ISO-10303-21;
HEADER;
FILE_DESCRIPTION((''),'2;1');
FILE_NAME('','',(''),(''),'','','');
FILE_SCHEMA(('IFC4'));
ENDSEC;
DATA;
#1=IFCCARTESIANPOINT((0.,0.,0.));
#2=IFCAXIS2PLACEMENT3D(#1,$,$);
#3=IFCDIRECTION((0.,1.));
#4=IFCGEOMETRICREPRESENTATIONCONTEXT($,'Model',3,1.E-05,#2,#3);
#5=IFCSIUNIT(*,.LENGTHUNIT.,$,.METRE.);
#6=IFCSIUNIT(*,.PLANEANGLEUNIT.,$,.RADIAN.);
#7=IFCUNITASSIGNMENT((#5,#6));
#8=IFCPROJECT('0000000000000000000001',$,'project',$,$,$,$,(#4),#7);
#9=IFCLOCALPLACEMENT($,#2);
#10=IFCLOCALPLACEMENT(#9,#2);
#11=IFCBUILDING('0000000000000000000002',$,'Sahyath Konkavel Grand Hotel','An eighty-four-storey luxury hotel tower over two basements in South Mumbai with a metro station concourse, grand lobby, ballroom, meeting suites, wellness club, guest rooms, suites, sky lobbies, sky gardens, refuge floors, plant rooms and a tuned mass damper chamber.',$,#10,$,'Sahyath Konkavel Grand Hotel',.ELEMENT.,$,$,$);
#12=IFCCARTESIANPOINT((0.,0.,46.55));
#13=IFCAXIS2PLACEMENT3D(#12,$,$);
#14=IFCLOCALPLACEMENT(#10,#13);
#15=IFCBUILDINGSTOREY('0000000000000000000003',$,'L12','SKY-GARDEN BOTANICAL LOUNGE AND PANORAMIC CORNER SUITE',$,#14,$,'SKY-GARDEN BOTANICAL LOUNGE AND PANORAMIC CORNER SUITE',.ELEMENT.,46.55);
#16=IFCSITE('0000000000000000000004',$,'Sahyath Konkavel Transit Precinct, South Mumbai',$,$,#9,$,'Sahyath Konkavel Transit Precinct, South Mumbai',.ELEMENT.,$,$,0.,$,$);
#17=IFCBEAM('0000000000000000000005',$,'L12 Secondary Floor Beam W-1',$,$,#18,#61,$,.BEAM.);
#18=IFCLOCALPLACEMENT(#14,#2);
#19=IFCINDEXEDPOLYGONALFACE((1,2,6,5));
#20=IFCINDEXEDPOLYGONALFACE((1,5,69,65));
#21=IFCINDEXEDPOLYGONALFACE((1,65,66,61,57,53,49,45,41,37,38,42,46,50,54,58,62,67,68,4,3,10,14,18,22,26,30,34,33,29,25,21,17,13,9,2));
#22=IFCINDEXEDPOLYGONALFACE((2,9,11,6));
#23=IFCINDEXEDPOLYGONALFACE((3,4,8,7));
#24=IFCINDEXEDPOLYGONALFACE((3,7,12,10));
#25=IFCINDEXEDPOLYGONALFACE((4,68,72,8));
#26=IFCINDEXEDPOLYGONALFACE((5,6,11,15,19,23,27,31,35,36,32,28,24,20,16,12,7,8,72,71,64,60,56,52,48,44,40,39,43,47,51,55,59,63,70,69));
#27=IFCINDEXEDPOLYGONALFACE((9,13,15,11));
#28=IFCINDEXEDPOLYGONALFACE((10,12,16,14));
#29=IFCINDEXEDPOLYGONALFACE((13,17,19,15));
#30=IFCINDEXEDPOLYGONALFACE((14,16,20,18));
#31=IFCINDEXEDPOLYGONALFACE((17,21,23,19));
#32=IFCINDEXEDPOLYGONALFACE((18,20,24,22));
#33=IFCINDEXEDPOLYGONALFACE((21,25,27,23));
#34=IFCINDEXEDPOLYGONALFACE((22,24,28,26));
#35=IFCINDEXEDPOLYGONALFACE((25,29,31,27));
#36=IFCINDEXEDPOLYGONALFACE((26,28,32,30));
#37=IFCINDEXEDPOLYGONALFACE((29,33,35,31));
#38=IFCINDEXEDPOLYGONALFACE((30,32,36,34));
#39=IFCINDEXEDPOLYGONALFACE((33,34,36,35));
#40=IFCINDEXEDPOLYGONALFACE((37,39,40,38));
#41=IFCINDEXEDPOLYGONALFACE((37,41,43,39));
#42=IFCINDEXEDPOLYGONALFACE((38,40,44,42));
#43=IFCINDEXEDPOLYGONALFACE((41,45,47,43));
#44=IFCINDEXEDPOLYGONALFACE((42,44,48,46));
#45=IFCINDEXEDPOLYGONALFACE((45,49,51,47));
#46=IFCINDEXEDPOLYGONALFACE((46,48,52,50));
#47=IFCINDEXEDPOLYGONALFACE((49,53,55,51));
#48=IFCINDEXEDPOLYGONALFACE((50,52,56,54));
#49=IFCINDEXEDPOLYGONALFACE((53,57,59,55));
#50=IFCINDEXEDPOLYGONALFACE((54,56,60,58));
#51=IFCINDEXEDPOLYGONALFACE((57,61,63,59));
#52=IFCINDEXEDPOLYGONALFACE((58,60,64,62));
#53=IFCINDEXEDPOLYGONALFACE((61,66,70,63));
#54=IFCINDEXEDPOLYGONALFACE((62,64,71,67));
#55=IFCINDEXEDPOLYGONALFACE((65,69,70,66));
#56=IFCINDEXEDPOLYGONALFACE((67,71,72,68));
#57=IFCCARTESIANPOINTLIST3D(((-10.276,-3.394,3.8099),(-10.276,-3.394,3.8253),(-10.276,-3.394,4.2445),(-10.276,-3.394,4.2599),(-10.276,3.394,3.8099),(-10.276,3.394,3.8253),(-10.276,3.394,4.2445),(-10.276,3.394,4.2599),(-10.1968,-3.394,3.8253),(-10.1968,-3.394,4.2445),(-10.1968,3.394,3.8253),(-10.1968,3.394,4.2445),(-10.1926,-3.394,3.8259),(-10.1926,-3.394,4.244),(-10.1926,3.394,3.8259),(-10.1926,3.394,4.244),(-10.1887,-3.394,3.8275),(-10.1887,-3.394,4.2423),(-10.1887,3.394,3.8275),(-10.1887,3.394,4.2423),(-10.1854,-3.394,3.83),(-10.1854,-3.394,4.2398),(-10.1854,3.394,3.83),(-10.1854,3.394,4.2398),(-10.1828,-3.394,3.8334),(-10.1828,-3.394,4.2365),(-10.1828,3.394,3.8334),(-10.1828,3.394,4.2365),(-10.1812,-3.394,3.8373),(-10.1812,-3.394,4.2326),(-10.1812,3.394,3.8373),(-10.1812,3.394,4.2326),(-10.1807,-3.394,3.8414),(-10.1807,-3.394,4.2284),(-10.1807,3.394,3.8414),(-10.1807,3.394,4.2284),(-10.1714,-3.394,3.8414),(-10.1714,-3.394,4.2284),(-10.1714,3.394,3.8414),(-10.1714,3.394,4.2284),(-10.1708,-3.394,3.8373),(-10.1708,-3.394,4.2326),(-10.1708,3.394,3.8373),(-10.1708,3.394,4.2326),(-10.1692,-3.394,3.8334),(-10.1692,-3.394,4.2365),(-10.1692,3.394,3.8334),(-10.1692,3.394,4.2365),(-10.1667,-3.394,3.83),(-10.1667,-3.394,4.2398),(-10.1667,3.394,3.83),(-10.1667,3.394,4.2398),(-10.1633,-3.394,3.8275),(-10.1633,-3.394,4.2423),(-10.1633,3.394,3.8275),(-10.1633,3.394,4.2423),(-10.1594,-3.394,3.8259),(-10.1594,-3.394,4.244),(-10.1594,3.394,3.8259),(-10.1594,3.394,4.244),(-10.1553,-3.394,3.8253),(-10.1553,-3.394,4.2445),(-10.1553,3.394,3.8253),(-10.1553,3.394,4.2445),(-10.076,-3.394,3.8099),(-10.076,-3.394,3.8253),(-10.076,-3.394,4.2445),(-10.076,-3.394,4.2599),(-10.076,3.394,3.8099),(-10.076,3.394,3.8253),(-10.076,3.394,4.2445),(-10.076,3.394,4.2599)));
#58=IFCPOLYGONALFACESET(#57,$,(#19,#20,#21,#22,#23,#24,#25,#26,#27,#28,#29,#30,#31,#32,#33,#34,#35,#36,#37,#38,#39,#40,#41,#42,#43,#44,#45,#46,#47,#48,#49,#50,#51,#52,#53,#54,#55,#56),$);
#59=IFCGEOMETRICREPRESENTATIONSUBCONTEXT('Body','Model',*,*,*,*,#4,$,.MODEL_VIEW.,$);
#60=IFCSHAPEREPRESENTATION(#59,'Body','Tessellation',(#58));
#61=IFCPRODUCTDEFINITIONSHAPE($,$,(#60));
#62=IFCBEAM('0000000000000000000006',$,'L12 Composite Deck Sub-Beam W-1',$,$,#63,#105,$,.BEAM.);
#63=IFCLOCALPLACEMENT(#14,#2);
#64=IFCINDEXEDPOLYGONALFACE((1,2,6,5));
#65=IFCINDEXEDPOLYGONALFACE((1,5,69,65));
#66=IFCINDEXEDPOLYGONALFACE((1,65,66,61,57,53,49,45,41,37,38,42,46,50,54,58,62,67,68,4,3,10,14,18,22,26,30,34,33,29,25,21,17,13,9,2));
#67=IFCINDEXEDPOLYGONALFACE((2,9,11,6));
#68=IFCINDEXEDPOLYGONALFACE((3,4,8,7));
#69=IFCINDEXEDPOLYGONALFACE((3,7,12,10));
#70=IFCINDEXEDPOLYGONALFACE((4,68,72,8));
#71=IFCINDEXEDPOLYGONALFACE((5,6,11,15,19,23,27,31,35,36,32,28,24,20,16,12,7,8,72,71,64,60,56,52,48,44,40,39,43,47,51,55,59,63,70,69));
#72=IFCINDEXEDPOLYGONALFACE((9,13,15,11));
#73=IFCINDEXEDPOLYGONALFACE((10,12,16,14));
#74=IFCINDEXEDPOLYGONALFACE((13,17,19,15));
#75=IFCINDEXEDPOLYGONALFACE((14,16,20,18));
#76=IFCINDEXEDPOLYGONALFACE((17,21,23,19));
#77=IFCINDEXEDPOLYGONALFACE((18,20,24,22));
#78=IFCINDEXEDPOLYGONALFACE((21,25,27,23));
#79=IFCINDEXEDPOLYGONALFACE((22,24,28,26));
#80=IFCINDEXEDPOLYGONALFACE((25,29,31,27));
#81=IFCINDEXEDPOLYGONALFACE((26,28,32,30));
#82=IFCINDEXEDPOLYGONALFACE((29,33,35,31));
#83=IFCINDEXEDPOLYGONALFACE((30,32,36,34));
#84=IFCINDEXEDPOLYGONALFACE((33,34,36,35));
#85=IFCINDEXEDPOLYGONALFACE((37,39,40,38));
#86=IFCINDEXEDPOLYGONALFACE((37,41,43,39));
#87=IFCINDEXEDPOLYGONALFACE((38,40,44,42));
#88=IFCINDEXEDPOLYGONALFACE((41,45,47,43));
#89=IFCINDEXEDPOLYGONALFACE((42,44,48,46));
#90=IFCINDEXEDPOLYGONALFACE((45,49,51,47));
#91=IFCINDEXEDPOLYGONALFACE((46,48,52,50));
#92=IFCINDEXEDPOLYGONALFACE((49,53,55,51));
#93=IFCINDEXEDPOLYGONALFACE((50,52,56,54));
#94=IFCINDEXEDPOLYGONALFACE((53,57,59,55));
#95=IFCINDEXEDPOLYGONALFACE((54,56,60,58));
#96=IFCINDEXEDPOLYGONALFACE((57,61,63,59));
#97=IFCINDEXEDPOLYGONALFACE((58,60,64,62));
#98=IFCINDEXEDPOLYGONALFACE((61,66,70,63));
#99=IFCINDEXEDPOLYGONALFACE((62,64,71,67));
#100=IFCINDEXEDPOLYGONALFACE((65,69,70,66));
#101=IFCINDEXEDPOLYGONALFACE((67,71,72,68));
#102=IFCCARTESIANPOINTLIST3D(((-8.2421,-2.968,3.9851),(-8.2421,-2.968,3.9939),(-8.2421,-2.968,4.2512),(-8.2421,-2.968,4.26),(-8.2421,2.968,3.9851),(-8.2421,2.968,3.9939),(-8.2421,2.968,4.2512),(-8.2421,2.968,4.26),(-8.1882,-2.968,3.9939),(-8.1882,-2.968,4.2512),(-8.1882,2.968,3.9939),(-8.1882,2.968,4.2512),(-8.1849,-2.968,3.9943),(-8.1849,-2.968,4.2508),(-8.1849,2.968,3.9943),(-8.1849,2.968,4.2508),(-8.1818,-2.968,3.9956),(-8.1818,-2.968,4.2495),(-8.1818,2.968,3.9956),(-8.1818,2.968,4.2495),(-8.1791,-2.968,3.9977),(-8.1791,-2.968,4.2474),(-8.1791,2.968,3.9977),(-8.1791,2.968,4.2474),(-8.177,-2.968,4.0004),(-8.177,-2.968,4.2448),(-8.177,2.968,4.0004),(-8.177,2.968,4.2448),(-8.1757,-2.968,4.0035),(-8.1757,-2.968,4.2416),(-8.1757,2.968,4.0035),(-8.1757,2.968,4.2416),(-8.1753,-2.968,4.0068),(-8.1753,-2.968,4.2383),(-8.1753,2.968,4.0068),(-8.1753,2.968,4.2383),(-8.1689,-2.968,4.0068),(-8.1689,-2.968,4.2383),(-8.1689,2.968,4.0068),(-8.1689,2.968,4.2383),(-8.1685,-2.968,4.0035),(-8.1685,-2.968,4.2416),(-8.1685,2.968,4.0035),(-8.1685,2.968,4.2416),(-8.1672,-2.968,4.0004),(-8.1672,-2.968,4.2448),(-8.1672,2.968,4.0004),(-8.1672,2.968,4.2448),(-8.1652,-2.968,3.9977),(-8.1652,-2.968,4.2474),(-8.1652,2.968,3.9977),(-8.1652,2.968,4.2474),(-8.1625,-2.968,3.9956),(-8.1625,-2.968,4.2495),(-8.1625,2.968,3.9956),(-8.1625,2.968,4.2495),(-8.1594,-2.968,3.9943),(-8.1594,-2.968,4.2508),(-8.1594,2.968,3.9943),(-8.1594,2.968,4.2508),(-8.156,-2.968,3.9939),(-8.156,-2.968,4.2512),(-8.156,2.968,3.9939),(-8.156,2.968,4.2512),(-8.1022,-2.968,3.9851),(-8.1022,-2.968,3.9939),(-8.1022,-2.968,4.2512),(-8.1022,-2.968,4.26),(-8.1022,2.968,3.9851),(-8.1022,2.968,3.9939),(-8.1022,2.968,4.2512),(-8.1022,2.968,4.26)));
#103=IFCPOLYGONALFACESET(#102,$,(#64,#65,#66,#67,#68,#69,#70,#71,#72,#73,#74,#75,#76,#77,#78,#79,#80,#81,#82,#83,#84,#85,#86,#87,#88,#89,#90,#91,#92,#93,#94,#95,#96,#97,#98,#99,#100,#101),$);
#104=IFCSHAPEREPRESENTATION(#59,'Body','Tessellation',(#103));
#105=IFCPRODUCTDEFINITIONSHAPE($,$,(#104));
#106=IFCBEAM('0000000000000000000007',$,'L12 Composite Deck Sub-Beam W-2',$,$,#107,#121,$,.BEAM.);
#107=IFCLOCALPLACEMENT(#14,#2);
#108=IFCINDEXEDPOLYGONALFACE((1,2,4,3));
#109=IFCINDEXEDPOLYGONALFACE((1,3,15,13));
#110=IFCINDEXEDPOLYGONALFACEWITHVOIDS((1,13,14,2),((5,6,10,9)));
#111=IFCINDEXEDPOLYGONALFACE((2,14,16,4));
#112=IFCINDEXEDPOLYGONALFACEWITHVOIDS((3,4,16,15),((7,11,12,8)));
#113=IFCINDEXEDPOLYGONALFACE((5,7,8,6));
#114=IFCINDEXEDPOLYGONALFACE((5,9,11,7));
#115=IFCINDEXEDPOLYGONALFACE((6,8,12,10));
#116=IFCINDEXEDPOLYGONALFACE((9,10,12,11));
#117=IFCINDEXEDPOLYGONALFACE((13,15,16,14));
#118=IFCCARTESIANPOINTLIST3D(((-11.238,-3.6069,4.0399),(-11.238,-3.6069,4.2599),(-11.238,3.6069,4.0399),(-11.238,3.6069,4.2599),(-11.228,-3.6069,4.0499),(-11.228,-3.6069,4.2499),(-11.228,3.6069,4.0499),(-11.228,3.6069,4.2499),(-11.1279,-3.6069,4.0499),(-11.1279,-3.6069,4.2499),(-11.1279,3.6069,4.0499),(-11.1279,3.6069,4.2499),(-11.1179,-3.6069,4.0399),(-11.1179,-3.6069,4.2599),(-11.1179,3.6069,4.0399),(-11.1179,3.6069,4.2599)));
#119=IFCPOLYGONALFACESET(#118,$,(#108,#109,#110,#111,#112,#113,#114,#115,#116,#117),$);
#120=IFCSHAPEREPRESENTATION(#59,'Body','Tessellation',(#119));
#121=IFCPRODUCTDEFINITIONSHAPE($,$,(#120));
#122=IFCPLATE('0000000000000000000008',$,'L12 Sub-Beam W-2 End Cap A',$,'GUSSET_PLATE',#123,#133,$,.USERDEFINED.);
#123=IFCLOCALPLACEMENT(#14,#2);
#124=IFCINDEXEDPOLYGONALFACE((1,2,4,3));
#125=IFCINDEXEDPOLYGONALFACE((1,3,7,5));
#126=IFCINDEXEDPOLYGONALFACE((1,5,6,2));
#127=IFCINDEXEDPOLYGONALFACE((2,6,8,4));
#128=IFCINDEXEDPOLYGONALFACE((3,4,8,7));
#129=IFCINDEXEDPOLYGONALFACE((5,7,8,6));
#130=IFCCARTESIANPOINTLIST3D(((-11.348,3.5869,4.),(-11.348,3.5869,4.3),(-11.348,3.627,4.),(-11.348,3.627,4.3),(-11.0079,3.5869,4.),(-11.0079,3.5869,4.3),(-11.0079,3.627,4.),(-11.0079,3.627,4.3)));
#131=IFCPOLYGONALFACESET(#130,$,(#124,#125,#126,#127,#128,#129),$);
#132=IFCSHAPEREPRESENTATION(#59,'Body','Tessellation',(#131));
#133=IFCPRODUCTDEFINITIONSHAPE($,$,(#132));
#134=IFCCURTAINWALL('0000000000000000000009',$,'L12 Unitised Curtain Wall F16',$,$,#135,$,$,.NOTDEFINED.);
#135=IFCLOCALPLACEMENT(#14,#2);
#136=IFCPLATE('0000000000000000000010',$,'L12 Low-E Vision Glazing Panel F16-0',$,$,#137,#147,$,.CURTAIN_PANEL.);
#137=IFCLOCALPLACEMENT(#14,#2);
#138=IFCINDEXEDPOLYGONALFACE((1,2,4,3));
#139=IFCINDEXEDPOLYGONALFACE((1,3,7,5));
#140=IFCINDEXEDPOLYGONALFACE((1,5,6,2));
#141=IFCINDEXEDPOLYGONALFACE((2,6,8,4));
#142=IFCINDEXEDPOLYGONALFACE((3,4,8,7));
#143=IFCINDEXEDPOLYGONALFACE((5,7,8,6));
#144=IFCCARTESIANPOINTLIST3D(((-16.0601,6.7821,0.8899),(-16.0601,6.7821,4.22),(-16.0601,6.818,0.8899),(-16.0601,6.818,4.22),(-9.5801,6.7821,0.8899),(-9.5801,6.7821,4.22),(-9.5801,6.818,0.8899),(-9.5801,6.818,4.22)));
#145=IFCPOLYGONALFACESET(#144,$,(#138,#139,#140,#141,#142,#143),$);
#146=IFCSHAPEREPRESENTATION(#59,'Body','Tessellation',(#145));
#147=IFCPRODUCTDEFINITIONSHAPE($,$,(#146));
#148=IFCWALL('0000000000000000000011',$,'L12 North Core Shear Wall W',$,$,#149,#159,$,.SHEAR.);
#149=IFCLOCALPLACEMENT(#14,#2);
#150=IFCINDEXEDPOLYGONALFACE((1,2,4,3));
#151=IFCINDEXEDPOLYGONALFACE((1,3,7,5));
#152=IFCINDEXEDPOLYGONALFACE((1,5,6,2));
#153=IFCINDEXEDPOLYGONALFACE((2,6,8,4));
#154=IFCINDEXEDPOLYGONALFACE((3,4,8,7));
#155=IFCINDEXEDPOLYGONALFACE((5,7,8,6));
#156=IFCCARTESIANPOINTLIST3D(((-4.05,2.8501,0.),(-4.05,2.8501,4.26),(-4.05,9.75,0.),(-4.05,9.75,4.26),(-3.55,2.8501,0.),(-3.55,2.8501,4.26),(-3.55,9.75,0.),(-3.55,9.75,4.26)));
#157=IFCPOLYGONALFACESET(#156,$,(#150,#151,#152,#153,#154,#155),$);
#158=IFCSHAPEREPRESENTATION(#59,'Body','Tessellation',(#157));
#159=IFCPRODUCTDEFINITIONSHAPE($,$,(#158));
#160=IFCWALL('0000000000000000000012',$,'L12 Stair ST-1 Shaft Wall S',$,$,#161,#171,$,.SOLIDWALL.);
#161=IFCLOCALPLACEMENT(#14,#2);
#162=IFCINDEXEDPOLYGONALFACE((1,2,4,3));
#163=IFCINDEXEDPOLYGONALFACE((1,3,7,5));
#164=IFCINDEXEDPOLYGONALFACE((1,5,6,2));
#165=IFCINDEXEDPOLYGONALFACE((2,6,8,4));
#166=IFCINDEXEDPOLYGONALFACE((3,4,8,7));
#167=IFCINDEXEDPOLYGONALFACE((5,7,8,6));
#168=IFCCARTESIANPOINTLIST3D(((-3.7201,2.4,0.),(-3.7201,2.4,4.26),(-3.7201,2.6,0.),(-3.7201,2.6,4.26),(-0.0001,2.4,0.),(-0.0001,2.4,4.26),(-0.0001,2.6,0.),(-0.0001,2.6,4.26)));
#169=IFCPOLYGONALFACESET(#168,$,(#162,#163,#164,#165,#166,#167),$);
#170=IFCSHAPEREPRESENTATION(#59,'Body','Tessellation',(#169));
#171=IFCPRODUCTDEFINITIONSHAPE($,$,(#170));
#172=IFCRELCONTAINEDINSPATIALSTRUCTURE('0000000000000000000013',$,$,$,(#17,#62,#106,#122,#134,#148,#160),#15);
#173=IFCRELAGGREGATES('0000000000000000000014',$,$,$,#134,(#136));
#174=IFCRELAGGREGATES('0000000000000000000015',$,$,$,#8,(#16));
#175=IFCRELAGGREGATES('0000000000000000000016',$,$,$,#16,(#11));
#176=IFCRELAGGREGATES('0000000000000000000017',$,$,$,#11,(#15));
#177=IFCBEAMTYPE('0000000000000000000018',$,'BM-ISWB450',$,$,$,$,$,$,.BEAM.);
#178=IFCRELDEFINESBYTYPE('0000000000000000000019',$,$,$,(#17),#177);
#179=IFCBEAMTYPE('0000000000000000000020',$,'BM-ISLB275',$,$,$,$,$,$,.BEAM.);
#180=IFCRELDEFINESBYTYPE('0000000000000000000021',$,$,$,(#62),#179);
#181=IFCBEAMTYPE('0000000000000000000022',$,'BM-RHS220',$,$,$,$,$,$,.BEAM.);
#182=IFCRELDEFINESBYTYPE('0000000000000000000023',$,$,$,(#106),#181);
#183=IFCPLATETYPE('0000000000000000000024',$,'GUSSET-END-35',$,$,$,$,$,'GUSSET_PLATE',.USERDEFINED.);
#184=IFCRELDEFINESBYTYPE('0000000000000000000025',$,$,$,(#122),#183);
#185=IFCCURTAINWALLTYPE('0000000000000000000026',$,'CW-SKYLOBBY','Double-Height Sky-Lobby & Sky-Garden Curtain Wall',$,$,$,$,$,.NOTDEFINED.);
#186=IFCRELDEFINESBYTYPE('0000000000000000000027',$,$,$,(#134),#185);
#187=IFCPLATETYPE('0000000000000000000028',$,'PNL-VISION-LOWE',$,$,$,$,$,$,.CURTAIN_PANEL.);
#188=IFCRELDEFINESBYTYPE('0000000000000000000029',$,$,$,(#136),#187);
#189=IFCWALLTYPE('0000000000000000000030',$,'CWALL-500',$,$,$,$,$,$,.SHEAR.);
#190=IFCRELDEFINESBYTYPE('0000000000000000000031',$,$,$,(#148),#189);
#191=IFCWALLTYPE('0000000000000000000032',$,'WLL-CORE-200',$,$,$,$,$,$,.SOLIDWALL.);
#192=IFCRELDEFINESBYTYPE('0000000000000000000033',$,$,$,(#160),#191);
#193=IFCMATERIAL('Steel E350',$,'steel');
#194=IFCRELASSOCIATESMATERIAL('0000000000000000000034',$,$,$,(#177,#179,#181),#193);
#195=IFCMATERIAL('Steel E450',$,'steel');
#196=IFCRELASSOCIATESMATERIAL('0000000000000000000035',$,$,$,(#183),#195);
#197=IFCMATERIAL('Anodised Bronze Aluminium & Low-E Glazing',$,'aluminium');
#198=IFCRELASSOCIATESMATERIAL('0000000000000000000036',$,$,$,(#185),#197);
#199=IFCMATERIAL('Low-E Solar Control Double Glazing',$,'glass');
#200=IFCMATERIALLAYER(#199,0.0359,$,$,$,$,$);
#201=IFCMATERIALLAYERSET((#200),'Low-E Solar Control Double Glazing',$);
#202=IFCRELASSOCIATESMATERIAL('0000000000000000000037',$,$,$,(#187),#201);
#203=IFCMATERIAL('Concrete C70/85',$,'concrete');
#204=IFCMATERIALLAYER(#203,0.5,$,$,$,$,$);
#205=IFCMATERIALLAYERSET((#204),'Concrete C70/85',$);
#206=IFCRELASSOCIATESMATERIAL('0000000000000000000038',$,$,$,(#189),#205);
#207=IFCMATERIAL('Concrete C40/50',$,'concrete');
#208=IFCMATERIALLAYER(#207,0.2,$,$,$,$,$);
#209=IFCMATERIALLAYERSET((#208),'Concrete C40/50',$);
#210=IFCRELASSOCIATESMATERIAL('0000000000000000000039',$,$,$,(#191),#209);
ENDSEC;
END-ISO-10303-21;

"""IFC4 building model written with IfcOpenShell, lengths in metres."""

from ifc_helpers import new_model, si_unit, direction, frame, frame_2d, origin, origin_2d, place, context, subcontext, project, spatial, rectangle, hollow_rectangle, i_section, extrude, source, transform, mapped, material, layer, layer_set, material_profile, profile_set, type_object, element, aggregate, save


model = new_model("IFC4")

# Units and contexts
model_context = context("Model", 3, precision=1e-05, world=origin(), true_north=direction((0.0, 1.0)))
body_context = subcontext(model_context, "Body", "Model", "MODEL_VIEW")
ifc_project = project(units=[si_unit("LENGTHUNIT", "METRE"), si_unit("PLANEANGLEUNIT", "RADIAN")], contexts=[model_context])

# Site, building, storey
site_placement = place(None, origin())
site = spatial("IfcSite", under=ifc_project, at=site_placement, Name="Sahyath Konkavel Transit Precinct, South Mumbai", LongName="Sahyath Konkavel Transit Precinct, South Mumbai", CompositionType="ELEMENT", RefElevation=0.0)
building_placement = place(site_placement, origin())
building = spatial("IfcBuilding", under=site, at=building_placement, Name="Sahyath Konkavel Grand Hotel", Description="An eighty-four-storey luxury hotel tower over two basements in South Mumbai with a metro station concourse, grand lobby, ballroom, meeting suites, wellness club, guest rooms, suites, sky lobbies, sky gardens, refuge floors, plant rooms and a tuned mass damper chamber.", LongName="Sahyath Konkavel Grand Hotel", CompositionType="ELEMENT")
storey_placement = place(building_placement, frame((0.0, 0.0, 46.55)))
storey = spatial("IfcBuildingStorey", under=building, at=storey_placement, Name="L12", Description="SKY-GARDEN BOTANICAL LOUNGE AND PANORAMIC CORNER SUITE", LongName="SKY-GARDEN BOTANICAL LOUNGE AND PANORAMIC CORNER SUITE", CompositionType="ELEMENT", Elevation=46.55)

# Shared definitions
ifc_material_1 = material(Name="Concrete C70/85", Category="concrete")

# Beams
ifc_material_2 = material(Name="Steel E350", Category="steel")
ifc_material_profile_1 = material_profile(ifc_material_2, i_section(OverallWidth=0.2, OverallDepth=0.45, WebThickness=0.0093, FlangeThickness=0.0154, FilletRadius=0.0161, at=origin_2d()), Name="ISWB 450")
ifc_profile_set_1 = profile_set([ifc_material_profile_1], Name="Steel E350")
beam_type_1 = type_object("IfcBeamType", Name="BM-ISWB450", PredefinedType="BEAM", material=ifc_profile_set_1)
shared_shape_1 = source(origin(), body_context, "Body", "SweptSolid", [
    extrude(i_section(OverallWidth=0.2, OverallDepth=0.45, WebThickness=0.0093, FlangeThickness=0.0154, FilletRadius=0.0161, at=origin_2d()), origin(), (0.0, 0.0, 1.0), 6.7881),
])
beam_1_placement = place(storey_placement, frame((-10.176, 3.394, 4.0349), z_axis=(0.0, -1.0, 0.0), x_axis=(1.0, 0.0, 0.0)))
element("IfcBeam", 1, at=beam_1_placement, inside=storey, type_object=beam_type_1, Name="L12 Secondary Floor Beam W-1", PredefinedType="BEAM", context=body_context, shape_type="MappedRepresentation", body=[
    mapped(shared_shape_1, transform((0.0, 0.0, 0.0), scale=1.0)),
])
ifc_material_profile_2 = material_profile(ifc_material_2, i_section(OverallWidth=0.1399, OverallDepth=0.2749, WebThickness=0.0063, FlangeThickness=0.0088, FilletRadius=0.0129, at=origin_2d()), Name="ISLB 275")
ifc_profile_set_2 = profile_set([ifc_material_profile_2], Name="Steel E350")
beam_type_2 = type_object("IfcBeamType", Name="BM-ISLB275", PredefinedType="BEAM", material=ifc_profile_set_2)
shared_shape_2 = source(origin(), body_context, "Body", "SweptSolid", [
    extrude(i_section(OverallWidth=0.1399, OverallDepth=0.2749, WebThickness=0.0063, FlangeThickness=0.0088, FilletRadius=0.0129, at=origin_2d()), origin(), (0.0, 0.0, 1.0), 5.936),
])
beam_2_placement = place(storey_placement, frame((-8.1721, 2.968, 4.1226), z_axis=(0.0, -1.0, 0.0), x_axis=(1.0, 0.0, 0.0)))
element("IfcBeam", 2, at=beam_2_placement, inside=storey, type_object=beam_type_2, Name="L12 Composite Deck Sub-Beam W-1", PredefinedType="BEAM", context=body_context, shape_type="MappedRepresentation", body=[
    mapped(shared_shape_2, transform((0.0, 0.0, 0.0), scale=1.0)),
])
ifc_material_profile_3 = material_profile(ifc_material_2, hollow_rectangle(XDim=0.1201, YDim=0.22, WallThickness=0.01, at=origin_2d()), Name="RHS 220x120x10")
ifc_profile_set_3 = profile_set([ifc_material_profile_3], Name="Steel E350")
beam_type_3 = type_object("IfcBeamType", Name="BM-RHS220", PredefinedType="BEAM", material=ifc_profile_set_3)
shared_shape_3 = source(origin(), body_context, "Body", "SweptSolid", [
    extrude(hollow_rectangle(XDim=0.1201, YDim=0.22, WallThickness=0.01, at=origin_2d()), origin(), (0.0, 0.0, 1.0), 7.2139),
])
beam_3_placement = place(storey_placement, frame((-11.178, 3.6069, 4.1499), z_axis=(0.0, -1.0, 0.0), x_axis=(1.0, 0.0, 0.0)))
element("IfcBeam", 3, at=beam_3_placement, inside=storey, type_object=beam_type_3, Name="L12 Composite Deck Sub-Beam W-2", PredefinedType="BEAM", context=body_context, shape_type="MappedRepresentation", body=[
    mapped(shared_shape_3, transform((0.0, 0.0, 0.0), scale=1.0)),
])

# Plate
ifc_material_3 = material(Name="Steel E450", Category="steel")
plate_type_1 = type_object("IfcPlateType", Name="GUSSET-END-35", ElementType="GUSSET_PLATE", PredefinedType="USERDEFINED", material=ifc_material_3)
shared_shape_4 = source(origin(), body_context, "Body", "SweptSolid", [
    extrude(rectangle(XDim=0.04, YDim=0.3401, at=origin_2d()), origin(), (0.0, 0.0, 1.0), 0.3),
])
plate_1_placement = place(storey_placement, frame((-11.178, 3.6069, 4.0), z_axis=(0.0, 0.0, 1.0), x_axis=(0.0, -1.0, 0.0)))
element("IfcPlate", 4, at=plate_1_placement, inside=storey, type_object=plate_type_1, Name="L12 Sub-Beam W-2 End Cap A", ObjectType="GUSSET_PLATE", PredefinedType="USERDEFINED", context=body_context, shape_type="MappedRepresentation", body=[
    mapped(shared_shape_4, transform((0.0, 0.0, 0.0), scale=1.0)),
])

# Curtain wall, plate
ifc_material_4 = material(Name="Anodised Bronze Aluminium & Low-E Glazing", Category="aluminium")
curtain_wall_type = type_object("IfcCurtainWallType", Name="CW-SKYLOBBY", Description="Double-Height Sky-Lobby & Sky-Garden Curtain Wall", PredefinedType="NOTDEFINED", material=ifc_material_4)
curtain_wall_placement = place(storey_placement, origin())
curtain_wall = element("IfcCurtainWall", 5, at=curtain_wall_placement, inside=storey, type_object=curtain_wall_type, Name="L12 Unitised Curtain Wall F16", PredefinedType="NOTDEFINED")
ifc_material_5 = material(Name="Low-E Solar Control Double Glazing", Category="glass")
ifc_layer_1 = layer(ifc_material_5, 0.0359)
ifc_layer_set_1 = layer_set([ifc_layer_1], Name="Low-E Solar Control Double Glazing")
plate_type_2 = type_object("IfcPlateType", Name="PNL-VISION-LOWE", PredefinedType="CURTAIN_PANEL", material=ifc_layer_set_1)
shared_shape_5 = source(origin(), body_context, "Body", "SweptSolid", [
    extrude(rectangle(XDim=6.48, YDim=0.0359, at=origin_2d()), origin(), (0.0, 0.0, 1.0), 3.3301),
])
plate_2_placement = place(storey_placement, frame((-12.8201, 6.8, 0.8899), z_axis=(0.0, 0.0, 1.0), x_axis=(-1.0, 0.0, 0.0)))
plate_2 = element("IfcPlate", 6, at=plate_2_placement, type_object=plate_type_2, Name="L12 Low-E Vision Glazing Panel F16-0", PredefinedType="CURTAIN_PANEL", context=body_context, shape_type="MappedRepresentation", body=[
    mapped(shared_shape_5, transform((0.0, 0.0, 0.0), scale=1.0)),
])
aggregate(curtain_wall, [plate_2])

# Walls
ifc_layer_2 = layer(ifc_material_1, 0.5)
ifc_layer_set_2 = layer_set([ifc_layer_2], Name="Concrete C70/85")
wall_type_1 = type_object("IfcWallType", Name="CWALL-500", PredefinedType="SHEAR", material=ifc_layer_set_2)
wall_1_placement = place(storey_placement, frame((-3.8, 2.8501, 0.0), z_axis=(0.0, 0.0, 1.0), x_axis=(0.0, 1.0, 0.0)))
element("IfcWall", 7, at=wall_1_placement, inside=storey, type_object=wall_type_1, Name="L12 North Core Shear Wall W", PredefinedType="SHEAR", context=body_context, shape_type="SweptSolid", body=[
    extrude(rectangle(XDim=6.8999, YDim=0.5, at=frame_2d((3.45, 0.0))), origin(), (0.0, 0.0, 1.0), 4.26),
])
ifc_material_6 = material(Name="Concrete C40/50", Category="concrete")
ifc_layer_3 = layer(ifc_material_6, 0.2)
ifc_layer_set_3 = layer_set([ifc_layer_3], Name="Concrete C40/50")
wall_type_2 = type_object("IfcWallType", Name="WLL-CORE-200", PredefinedType="SOLIDWALL", material=ifc_layer_set_3)
wall_2_placement = place(storey_placement, frame((-3.72, 2.5, 0.0), z_axis=(0.0, 0.0, 1.0), x_axis=(1.0, 0.0, 0.0)))
element("IfcWall", 8, at=wall_2_placement, inside=storey, type_object=wall_type_2, Name="L12 Stair ST-1 Shaft Wall S", PredefinedType="SOLIDWALL", context=body_context, shape_type="SweptSolid", body=[
    extrude(rectangle(XDim=3.72, YDim=0.2, at=frame_2d((1.8599, 0.0))), origin(), (0.0, 0.0, 1.0), 4.26),
])

save(model, "model.ifc")
